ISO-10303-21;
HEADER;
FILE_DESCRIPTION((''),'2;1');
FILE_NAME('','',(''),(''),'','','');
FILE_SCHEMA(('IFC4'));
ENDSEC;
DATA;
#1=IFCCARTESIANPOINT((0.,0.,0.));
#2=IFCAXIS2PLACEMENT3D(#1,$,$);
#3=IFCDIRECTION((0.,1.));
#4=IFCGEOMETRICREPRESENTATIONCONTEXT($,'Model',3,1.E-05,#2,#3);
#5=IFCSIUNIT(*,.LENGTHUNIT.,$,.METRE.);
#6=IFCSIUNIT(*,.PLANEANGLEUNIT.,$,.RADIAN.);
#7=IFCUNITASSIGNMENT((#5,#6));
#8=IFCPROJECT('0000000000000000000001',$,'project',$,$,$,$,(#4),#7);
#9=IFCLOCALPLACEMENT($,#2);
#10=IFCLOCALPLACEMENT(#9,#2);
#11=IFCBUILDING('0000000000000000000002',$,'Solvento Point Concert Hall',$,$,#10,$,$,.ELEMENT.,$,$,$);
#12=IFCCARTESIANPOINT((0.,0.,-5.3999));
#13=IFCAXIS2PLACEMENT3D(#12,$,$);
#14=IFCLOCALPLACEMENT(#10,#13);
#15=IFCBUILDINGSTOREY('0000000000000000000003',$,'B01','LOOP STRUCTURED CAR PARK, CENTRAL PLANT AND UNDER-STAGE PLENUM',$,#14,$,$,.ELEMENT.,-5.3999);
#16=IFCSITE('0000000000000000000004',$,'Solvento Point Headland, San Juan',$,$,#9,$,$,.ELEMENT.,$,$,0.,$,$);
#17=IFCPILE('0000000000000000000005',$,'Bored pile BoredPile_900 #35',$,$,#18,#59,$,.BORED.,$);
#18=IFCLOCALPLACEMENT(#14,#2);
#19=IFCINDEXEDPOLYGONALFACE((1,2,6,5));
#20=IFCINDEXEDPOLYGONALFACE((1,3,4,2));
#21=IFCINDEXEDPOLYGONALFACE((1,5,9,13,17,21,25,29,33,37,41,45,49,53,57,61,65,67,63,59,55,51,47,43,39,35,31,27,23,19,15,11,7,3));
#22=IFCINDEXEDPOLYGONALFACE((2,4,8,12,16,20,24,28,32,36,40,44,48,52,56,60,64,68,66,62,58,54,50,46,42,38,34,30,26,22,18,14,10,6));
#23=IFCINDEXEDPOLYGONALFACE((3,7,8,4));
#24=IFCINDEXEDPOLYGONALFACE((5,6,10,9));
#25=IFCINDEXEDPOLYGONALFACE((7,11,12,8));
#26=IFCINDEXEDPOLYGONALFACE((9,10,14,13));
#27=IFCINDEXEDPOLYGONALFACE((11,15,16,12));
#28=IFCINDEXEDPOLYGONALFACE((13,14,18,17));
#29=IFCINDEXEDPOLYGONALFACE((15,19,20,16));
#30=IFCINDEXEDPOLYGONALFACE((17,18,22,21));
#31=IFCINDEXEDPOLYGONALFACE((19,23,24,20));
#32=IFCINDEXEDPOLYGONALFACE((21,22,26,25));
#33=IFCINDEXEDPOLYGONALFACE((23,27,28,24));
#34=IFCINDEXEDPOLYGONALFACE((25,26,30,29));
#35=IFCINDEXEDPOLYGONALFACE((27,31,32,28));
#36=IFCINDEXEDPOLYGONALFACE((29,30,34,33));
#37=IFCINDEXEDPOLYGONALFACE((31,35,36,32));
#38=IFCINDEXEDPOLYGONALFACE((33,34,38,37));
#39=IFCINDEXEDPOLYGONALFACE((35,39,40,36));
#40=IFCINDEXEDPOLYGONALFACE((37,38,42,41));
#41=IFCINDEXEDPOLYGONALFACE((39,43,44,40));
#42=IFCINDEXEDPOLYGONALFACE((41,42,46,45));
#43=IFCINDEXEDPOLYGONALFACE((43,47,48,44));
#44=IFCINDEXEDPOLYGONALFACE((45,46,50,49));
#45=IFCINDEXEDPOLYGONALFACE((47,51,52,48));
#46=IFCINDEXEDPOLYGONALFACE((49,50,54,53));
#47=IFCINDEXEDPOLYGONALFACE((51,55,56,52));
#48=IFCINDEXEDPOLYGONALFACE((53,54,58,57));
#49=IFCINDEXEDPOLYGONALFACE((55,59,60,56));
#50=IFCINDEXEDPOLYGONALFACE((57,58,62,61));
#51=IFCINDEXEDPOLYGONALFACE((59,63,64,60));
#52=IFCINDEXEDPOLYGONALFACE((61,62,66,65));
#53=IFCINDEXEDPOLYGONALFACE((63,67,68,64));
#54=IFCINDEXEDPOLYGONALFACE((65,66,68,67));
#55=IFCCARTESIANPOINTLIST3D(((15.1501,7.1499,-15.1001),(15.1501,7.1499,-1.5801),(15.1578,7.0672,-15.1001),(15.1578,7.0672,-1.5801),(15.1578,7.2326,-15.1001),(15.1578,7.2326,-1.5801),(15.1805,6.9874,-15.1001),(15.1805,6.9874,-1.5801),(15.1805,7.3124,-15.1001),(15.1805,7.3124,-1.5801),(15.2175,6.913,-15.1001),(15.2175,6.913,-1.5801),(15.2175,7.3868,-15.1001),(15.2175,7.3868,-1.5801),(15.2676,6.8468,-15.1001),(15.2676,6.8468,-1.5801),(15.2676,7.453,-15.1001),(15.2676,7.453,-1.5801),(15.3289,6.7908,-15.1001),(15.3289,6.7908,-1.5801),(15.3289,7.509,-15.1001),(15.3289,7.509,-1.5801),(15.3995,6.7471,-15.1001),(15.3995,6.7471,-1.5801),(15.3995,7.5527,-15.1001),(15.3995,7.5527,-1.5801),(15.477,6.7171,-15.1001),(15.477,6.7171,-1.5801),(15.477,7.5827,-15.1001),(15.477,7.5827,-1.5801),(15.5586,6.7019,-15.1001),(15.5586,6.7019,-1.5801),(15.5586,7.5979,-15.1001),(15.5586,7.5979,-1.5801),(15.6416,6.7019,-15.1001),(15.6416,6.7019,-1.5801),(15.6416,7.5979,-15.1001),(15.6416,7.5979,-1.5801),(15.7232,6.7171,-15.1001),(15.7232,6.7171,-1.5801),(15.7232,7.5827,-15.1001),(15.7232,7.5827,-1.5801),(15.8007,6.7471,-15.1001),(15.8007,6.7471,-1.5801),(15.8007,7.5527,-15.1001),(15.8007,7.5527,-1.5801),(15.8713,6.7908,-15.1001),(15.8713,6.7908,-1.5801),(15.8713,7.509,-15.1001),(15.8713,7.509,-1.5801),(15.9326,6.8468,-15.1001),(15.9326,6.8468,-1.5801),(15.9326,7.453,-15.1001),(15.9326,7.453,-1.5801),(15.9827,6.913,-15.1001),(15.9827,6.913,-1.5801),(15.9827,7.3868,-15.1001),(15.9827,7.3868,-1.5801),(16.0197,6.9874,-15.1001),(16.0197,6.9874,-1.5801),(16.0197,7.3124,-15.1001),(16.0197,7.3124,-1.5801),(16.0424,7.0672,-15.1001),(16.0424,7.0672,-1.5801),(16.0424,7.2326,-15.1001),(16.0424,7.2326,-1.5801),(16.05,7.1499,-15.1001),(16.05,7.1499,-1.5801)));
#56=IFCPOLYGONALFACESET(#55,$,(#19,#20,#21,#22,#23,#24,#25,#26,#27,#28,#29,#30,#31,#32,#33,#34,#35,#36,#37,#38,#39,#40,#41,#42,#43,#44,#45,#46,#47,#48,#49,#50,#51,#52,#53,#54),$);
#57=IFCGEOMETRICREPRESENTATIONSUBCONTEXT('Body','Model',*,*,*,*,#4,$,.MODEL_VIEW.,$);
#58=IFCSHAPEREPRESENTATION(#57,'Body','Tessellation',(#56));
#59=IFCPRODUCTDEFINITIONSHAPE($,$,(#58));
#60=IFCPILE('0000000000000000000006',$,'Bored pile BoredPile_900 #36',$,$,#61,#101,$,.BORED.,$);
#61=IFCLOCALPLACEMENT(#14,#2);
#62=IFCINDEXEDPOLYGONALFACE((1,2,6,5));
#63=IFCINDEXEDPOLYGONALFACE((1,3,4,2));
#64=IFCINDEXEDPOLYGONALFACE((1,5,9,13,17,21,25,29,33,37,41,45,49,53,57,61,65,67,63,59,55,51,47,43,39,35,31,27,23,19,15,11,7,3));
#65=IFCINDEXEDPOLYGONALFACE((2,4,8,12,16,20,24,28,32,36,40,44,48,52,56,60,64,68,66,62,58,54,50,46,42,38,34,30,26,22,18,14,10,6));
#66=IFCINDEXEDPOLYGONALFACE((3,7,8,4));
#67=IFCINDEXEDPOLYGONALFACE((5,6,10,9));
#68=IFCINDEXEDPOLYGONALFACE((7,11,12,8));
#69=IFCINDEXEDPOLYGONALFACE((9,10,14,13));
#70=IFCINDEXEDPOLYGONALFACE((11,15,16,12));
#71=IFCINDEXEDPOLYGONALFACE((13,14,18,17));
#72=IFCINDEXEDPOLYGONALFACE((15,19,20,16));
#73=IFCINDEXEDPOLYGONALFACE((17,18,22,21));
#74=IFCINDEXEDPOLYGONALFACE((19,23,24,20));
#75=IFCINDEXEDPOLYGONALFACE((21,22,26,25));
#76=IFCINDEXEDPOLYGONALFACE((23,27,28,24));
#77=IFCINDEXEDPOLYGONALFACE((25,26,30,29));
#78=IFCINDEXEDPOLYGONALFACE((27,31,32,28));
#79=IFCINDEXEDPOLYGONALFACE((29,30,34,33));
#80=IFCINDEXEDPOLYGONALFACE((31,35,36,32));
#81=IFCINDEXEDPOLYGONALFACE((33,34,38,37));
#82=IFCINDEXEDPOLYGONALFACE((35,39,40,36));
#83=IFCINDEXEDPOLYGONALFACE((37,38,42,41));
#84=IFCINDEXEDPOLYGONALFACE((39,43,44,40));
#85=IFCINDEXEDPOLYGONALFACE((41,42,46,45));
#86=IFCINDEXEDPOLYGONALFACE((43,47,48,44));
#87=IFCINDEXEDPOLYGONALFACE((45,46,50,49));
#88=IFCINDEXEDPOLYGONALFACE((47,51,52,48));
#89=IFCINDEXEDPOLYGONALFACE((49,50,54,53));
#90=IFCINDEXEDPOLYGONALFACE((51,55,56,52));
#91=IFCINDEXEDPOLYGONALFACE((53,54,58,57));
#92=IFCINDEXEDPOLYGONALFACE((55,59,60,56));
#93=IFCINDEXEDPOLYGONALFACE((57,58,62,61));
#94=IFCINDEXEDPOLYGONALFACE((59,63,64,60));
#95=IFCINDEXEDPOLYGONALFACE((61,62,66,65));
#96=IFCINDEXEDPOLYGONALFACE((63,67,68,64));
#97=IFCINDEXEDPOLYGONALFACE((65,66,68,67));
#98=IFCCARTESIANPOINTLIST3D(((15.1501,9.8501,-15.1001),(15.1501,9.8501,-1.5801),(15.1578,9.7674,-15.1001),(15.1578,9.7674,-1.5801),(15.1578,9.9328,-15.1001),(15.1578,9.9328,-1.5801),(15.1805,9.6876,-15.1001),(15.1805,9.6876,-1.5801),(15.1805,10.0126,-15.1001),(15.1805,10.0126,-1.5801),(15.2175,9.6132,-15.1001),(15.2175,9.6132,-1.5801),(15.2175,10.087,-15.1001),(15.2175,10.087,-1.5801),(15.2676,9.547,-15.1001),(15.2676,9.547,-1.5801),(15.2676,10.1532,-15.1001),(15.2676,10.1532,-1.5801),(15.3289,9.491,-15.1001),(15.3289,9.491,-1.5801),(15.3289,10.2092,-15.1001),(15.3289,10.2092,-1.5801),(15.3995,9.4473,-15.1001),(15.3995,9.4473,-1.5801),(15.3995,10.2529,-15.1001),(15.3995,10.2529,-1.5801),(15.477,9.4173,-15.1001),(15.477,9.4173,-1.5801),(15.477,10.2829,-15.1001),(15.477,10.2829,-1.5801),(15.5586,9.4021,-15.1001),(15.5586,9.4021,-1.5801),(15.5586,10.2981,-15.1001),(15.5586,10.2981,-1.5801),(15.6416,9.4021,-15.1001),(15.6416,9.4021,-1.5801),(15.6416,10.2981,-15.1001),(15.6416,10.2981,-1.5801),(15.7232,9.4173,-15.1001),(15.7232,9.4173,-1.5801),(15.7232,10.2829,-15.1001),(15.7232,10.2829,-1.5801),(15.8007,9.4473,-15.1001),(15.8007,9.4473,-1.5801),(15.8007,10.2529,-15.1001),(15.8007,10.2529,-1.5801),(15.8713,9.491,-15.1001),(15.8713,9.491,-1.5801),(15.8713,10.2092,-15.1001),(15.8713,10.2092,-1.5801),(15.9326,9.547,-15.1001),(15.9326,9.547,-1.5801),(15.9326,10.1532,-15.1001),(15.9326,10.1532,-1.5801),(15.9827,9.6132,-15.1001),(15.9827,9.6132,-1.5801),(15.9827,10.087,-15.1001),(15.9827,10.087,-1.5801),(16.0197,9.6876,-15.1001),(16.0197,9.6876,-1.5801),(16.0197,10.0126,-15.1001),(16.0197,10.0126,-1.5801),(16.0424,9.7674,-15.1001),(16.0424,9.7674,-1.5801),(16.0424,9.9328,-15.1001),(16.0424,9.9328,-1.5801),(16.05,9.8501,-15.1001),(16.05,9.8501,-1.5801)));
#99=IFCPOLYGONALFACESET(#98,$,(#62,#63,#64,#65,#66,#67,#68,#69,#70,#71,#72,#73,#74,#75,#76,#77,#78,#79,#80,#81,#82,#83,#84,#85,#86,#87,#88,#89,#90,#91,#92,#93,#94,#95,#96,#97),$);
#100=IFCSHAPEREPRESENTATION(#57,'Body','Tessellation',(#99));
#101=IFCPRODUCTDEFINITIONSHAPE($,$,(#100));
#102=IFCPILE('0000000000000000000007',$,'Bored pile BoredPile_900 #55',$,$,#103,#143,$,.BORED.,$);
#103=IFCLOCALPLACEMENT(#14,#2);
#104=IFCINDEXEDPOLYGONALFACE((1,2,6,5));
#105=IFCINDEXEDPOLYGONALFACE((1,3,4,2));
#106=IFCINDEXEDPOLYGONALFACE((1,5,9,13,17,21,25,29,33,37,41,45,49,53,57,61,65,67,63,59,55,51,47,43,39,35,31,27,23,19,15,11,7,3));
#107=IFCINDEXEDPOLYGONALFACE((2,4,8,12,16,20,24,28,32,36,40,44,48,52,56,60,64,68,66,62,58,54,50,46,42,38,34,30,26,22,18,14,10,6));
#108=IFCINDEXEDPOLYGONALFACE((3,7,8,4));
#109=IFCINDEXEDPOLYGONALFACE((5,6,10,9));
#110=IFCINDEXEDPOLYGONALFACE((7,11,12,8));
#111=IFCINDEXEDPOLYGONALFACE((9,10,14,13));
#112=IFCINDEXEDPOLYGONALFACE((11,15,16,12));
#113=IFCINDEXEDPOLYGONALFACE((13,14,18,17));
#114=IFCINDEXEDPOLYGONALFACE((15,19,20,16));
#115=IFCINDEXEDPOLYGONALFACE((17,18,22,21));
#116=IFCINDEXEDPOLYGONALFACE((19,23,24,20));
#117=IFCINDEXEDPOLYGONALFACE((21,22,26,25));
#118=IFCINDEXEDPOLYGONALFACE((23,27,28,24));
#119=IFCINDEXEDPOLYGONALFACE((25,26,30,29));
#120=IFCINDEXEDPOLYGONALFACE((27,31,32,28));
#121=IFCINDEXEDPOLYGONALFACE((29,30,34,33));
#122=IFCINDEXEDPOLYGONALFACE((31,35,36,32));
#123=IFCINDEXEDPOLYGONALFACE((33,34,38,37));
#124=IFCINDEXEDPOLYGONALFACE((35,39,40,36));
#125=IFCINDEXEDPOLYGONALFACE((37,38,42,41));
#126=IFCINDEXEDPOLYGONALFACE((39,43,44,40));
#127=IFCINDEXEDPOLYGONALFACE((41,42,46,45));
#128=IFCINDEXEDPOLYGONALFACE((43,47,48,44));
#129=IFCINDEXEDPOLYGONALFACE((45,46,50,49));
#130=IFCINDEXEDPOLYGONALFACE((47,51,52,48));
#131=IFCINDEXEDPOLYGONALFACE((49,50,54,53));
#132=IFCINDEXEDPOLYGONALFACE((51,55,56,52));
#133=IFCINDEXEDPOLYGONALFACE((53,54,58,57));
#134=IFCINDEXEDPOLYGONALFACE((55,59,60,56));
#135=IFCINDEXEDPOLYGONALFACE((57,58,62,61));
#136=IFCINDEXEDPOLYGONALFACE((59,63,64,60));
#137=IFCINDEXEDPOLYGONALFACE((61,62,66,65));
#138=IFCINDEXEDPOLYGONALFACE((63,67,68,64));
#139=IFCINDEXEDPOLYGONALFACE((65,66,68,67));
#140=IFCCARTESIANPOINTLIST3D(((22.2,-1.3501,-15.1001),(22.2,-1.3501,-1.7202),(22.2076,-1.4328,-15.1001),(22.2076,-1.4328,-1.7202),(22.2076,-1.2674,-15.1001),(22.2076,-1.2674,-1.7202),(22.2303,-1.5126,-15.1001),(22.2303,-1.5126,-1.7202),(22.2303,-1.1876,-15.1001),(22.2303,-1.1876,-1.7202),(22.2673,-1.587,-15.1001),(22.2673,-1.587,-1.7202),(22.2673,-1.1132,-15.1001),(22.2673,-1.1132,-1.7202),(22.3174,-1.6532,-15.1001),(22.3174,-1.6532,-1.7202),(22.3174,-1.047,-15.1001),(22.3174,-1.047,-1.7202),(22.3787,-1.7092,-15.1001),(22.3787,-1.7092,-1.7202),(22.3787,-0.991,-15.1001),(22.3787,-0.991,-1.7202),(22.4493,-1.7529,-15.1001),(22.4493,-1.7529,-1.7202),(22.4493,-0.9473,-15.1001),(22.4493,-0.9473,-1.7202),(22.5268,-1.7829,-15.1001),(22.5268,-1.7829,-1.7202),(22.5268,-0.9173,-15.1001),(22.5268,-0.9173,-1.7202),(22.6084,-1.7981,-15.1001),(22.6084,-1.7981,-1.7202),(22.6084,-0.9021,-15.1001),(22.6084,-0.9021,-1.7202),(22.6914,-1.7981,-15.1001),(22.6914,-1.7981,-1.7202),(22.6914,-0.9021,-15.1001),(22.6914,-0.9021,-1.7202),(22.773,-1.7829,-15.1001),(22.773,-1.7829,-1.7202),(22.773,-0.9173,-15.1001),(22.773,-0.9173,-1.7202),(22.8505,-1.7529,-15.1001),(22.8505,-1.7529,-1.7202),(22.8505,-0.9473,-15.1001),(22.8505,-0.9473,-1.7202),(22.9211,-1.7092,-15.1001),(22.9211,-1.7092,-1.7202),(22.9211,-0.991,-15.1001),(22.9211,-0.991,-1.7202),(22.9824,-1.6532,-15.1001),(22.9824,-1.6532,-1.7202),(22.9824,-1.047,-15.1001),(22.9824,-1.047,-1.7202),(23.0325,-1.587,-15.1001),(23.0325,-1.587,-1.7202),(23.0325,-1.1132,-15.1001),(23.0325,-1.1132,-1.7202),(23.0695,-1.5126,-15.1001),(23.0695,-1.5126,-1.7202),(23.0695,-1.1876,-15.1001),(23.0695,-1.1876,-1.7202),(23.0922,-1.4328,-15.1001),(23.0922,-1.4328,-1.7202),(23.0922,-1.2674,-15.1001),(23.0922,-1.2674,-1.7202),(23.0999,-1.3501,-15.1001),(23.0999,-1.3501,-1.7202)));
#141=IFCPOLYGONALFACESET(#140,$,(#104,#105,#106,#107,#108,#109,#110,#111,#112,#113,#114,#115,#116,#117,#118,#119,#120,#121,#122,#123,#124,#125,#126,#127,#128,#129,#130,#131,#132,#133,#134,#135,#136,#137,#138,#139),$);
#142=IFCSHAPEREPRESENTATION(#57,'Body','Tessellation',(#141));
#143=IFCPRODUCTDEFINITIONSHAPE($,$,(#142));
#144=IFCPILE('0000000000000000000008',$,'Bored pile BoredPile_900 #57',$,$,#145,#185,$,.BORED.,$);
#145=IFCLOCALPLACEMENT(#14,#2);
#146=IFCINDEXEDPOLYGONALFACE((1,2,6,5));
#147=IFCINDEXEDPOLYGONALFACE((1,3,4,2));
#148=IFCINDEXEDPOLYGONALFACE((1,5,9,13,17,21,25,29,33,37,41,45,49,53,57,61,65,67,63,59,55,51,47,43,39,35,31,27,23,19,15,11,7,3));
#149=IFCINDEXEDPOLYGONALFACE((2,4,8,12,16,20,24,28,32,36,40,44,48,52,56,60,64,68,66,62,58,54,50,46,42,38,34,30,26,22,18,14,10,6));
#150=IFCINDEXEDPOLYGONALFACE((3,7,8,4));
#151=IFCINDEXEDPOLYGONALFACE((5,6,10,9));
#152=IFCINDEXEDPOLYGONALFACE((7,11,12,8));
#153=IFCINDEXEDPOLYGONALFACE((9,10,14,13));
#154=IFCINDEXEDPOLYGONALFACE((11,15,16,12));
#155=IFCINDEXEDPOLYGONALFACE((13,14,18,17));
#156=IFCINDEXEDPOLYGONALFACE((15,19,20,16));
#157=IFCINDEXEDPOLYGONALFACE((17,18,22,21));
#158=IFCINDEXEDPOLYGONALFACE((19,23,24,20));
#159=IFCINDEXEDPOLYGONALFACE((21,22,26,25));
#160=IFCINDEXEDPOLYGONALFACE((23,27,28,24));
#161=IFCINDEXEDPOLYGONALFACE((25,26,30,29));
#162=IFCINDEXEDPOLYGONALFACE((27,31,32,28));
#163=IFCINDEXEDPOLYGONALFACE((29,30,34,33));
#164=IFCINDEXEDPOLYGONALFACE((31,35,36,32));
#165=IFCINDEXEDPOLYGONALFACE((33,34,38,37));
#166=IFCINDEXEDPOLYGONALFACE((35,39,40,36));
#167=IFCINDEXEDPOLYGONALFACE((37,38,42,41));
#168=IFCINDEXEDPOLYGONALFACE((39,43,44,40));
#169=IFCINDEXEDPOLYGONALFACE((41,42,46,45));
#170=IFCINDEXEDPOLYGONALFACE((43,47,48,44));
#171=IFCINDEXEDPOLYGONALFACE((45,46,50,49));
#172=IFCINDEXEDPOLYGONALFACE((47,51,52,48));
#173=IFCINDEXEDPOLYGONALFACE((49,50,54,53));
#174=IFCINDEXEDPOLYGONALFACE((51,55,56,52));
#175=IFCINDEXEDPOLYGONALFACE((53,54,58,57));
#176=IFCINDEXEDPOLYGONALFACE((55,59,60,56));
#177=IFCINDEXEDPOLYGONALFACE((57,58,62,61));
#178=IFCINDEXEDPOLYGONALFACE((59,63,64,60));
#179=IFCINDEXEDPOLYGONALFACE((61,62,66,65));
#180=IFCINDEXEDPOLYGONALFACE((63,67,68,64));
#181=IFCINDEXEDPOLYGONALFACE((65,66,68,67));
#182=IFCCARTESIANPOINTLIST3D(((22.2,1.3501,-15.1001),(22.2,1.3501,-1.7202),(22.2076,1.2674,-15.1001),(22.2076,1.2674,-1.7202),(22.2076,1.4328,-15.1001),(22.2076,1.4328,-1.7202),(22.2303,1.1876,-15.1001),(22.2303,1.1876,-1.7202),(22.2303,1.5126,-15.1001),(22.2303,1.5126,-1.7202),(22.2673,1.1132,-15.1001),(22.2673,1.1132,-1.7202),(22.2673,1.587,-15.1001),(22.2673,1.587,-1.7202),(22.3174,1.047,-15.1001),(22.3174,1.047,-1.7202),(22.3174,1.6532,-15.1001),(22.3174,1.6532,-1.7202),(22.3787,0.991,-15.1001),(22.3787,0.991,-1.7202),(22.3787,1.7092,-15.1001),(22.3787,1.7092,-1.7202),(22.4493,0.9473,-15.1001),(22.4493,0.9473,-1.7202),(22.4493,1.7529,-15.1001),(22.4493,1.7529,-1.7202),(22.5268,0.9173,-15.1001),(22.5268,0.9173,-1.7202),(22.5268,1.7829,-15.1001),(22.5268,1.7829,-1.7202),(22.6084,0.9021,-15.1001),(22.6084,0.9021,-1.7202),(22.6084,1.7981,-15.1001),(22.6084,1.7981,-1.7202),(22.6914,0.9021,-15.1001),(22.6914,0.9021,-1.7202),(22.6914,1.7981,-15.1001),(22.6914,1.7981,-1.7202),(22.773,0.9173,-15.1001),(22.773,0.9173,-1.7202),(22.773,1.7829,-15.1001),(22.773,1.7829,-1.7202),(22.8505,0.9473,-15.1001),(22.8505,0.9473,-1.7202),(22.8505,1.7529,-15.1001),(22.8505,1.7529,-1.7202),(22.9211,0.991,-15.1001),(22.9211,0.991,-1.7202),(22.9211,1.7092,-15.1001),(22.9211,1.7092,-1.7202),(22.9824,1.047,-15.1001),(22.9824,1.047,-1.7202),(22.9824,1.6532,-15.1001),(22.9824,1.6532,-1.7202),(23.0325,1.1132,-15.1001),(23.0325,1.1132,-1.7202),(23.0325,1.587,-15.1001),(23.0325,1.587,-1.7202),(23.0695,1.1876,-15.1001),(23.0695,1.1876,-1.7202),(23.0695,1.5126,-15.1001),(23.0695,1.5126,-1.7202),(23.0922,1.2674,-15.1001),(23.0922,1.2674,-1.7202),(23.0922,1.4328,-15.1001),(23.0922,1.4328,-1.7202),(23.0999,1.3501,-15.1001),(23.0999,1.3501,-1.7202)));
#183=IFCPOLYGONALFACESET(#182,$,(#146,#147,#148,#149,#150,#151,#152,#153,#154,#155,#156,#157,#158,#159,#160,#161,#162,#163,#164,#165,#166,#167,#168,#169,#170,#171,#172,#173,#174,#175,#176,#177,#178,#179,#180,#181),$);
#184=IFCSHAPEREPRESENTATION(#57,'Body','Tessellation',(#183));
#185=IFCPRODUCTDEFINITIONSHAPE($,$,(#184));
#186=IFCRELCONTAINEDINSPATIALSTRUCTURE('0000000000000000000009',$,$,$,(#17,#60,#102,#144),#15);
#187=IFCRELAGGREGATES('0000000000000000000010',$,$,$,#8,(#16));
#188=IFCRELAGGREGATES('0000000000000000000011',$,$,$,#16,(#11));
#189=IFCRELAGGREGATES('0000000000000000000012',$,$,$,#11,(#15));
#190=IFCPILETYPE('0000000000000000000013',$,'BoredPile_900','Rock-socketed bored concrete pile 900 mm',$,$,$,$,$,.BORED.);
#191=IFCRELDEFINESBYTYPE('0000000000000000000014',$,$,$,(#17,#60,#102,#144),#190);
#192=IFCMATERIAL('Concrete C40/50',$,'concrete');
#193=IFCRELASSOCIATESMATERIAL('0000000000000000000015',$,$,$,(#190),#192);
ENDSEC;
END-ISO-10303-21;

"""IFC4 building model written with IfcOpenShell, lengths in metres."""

from ifc_helpers import new_model, si_unit, direction, frame, origin, origin_2d, place, context, subcontext, project, spatial, circle, extrude, material, material_profile, profile_set, type_object, element, save


model = new_model("IFC4")

# Units and contexts
model_context = context("Model", 3, precision=1e-05, world=origin(), true_north=direction((0.0, 1.0)))
body_context = subcontext(model_context, "Body", "Model", "MODEL_VIEW")
ifc_project = project(units=[si_unit("LENGTHUNIT", "METRE"), si_unit("PLANEANGLEUNIT", "RADIAN")], contexts=[model_context])

# Site, building, storey
site_placement = place(None, origin())
site = spatial("IfcSite", under=ifc_project, at=site_placement, Name="Solvento Point Headland, San Juan", CompositionType="ELEMENT", RefElevation=0.0)
building_placement = place(site_placement, origin())
building = spatial("IfcBuilding", under=site, at=building_placement, Name="Solvento Point Concert Hall", CompositionType="ELEMENT")
storey_placement = place(building_placement, frame((0.0, 0.0, -5.3999)))
storey = spatial("IfcBuildingStorey", under=building, at=storey_placement, Name="B01", Description="LOOP STRUCTURED CAR PARK, CENTRAL PLANT AND UNDER-STAGE PLENUM", CompositionType="ELEMENT", Elevation=-5.3999)

# Piles
ifc_material_1 = material(Name="Concrete C40/50", Category="concrete")
ifc_material_profile_1 = material_profile(ifc_material_1, circle(Radius=0.45, at=origin_2d()), Name="BP-900")
ifc_profile_set_1 = profile_set([ifc_material_profile_1], Name="Concrete C40/50")
pile_type_1 = type_object("IfcPileType", Name="BoredPile_900", Description="Rock-socketed bored concrete pile 900 mm", PredefinedType="BORED", material=ifc_profile_set_1)
for number, where, z_axis, x_axis, name in (
    (1, (15.6001, 7.1499, -1.5801), (0.0, 0.0, -1.0), (1.0, 0.0, 0.0), "Bored pile BoredPile_900 #35"),
    (2, (15.6001, 9.8501, -1.5801), (0.0, 0.0, -1.0), (1.0, 0.0, 0.0), "Bored pile BoredPile_900 #36"),
):
    element("IfcPile", number, at=place(storey_placement, frame(where, z_axis=z_axis, x_axis=x_axis)), inside=storey, type_object=pile_type_1, Name=name, PredefinedType="BORED", context=body_context, shape_type="SweptSolid", body=[
        extrude(circle(Radius=0.45, at=origin_2d()), origin(), (0.0, 0.0, 1.0), 13.52),
    ])
for number, where, z_axis, x_axis, name in (
    (3, (22.6499, -1.3501, -1.7202), (0.0, 0.0, -1.0), (1.0, 0.0, 0.0), "Bored pile BoredPile_900 #55"),
    (4, (22.6499, 1.3501, -1.7202), (0.0, 0.0, -1.0), (1.0, 0.0, 0.0), "Bored pile BoredPile_900 #57"),
):
    element("IfcPile", number, at=place(storey_placement, frame(where, z_axis=z_axis, x_axis=x_axis)), inside=storey, type_object=pile_type_1, Name=name, PredefinedType="BORED", context=body_context, shape_type="SweptSolid", body=[
        extrude(circle(Radius=0.45, at=origin_2d()), origin(), (0.0, 0.0, 1.0), 13.3799),
    ])

save(model, "model.ifc")
